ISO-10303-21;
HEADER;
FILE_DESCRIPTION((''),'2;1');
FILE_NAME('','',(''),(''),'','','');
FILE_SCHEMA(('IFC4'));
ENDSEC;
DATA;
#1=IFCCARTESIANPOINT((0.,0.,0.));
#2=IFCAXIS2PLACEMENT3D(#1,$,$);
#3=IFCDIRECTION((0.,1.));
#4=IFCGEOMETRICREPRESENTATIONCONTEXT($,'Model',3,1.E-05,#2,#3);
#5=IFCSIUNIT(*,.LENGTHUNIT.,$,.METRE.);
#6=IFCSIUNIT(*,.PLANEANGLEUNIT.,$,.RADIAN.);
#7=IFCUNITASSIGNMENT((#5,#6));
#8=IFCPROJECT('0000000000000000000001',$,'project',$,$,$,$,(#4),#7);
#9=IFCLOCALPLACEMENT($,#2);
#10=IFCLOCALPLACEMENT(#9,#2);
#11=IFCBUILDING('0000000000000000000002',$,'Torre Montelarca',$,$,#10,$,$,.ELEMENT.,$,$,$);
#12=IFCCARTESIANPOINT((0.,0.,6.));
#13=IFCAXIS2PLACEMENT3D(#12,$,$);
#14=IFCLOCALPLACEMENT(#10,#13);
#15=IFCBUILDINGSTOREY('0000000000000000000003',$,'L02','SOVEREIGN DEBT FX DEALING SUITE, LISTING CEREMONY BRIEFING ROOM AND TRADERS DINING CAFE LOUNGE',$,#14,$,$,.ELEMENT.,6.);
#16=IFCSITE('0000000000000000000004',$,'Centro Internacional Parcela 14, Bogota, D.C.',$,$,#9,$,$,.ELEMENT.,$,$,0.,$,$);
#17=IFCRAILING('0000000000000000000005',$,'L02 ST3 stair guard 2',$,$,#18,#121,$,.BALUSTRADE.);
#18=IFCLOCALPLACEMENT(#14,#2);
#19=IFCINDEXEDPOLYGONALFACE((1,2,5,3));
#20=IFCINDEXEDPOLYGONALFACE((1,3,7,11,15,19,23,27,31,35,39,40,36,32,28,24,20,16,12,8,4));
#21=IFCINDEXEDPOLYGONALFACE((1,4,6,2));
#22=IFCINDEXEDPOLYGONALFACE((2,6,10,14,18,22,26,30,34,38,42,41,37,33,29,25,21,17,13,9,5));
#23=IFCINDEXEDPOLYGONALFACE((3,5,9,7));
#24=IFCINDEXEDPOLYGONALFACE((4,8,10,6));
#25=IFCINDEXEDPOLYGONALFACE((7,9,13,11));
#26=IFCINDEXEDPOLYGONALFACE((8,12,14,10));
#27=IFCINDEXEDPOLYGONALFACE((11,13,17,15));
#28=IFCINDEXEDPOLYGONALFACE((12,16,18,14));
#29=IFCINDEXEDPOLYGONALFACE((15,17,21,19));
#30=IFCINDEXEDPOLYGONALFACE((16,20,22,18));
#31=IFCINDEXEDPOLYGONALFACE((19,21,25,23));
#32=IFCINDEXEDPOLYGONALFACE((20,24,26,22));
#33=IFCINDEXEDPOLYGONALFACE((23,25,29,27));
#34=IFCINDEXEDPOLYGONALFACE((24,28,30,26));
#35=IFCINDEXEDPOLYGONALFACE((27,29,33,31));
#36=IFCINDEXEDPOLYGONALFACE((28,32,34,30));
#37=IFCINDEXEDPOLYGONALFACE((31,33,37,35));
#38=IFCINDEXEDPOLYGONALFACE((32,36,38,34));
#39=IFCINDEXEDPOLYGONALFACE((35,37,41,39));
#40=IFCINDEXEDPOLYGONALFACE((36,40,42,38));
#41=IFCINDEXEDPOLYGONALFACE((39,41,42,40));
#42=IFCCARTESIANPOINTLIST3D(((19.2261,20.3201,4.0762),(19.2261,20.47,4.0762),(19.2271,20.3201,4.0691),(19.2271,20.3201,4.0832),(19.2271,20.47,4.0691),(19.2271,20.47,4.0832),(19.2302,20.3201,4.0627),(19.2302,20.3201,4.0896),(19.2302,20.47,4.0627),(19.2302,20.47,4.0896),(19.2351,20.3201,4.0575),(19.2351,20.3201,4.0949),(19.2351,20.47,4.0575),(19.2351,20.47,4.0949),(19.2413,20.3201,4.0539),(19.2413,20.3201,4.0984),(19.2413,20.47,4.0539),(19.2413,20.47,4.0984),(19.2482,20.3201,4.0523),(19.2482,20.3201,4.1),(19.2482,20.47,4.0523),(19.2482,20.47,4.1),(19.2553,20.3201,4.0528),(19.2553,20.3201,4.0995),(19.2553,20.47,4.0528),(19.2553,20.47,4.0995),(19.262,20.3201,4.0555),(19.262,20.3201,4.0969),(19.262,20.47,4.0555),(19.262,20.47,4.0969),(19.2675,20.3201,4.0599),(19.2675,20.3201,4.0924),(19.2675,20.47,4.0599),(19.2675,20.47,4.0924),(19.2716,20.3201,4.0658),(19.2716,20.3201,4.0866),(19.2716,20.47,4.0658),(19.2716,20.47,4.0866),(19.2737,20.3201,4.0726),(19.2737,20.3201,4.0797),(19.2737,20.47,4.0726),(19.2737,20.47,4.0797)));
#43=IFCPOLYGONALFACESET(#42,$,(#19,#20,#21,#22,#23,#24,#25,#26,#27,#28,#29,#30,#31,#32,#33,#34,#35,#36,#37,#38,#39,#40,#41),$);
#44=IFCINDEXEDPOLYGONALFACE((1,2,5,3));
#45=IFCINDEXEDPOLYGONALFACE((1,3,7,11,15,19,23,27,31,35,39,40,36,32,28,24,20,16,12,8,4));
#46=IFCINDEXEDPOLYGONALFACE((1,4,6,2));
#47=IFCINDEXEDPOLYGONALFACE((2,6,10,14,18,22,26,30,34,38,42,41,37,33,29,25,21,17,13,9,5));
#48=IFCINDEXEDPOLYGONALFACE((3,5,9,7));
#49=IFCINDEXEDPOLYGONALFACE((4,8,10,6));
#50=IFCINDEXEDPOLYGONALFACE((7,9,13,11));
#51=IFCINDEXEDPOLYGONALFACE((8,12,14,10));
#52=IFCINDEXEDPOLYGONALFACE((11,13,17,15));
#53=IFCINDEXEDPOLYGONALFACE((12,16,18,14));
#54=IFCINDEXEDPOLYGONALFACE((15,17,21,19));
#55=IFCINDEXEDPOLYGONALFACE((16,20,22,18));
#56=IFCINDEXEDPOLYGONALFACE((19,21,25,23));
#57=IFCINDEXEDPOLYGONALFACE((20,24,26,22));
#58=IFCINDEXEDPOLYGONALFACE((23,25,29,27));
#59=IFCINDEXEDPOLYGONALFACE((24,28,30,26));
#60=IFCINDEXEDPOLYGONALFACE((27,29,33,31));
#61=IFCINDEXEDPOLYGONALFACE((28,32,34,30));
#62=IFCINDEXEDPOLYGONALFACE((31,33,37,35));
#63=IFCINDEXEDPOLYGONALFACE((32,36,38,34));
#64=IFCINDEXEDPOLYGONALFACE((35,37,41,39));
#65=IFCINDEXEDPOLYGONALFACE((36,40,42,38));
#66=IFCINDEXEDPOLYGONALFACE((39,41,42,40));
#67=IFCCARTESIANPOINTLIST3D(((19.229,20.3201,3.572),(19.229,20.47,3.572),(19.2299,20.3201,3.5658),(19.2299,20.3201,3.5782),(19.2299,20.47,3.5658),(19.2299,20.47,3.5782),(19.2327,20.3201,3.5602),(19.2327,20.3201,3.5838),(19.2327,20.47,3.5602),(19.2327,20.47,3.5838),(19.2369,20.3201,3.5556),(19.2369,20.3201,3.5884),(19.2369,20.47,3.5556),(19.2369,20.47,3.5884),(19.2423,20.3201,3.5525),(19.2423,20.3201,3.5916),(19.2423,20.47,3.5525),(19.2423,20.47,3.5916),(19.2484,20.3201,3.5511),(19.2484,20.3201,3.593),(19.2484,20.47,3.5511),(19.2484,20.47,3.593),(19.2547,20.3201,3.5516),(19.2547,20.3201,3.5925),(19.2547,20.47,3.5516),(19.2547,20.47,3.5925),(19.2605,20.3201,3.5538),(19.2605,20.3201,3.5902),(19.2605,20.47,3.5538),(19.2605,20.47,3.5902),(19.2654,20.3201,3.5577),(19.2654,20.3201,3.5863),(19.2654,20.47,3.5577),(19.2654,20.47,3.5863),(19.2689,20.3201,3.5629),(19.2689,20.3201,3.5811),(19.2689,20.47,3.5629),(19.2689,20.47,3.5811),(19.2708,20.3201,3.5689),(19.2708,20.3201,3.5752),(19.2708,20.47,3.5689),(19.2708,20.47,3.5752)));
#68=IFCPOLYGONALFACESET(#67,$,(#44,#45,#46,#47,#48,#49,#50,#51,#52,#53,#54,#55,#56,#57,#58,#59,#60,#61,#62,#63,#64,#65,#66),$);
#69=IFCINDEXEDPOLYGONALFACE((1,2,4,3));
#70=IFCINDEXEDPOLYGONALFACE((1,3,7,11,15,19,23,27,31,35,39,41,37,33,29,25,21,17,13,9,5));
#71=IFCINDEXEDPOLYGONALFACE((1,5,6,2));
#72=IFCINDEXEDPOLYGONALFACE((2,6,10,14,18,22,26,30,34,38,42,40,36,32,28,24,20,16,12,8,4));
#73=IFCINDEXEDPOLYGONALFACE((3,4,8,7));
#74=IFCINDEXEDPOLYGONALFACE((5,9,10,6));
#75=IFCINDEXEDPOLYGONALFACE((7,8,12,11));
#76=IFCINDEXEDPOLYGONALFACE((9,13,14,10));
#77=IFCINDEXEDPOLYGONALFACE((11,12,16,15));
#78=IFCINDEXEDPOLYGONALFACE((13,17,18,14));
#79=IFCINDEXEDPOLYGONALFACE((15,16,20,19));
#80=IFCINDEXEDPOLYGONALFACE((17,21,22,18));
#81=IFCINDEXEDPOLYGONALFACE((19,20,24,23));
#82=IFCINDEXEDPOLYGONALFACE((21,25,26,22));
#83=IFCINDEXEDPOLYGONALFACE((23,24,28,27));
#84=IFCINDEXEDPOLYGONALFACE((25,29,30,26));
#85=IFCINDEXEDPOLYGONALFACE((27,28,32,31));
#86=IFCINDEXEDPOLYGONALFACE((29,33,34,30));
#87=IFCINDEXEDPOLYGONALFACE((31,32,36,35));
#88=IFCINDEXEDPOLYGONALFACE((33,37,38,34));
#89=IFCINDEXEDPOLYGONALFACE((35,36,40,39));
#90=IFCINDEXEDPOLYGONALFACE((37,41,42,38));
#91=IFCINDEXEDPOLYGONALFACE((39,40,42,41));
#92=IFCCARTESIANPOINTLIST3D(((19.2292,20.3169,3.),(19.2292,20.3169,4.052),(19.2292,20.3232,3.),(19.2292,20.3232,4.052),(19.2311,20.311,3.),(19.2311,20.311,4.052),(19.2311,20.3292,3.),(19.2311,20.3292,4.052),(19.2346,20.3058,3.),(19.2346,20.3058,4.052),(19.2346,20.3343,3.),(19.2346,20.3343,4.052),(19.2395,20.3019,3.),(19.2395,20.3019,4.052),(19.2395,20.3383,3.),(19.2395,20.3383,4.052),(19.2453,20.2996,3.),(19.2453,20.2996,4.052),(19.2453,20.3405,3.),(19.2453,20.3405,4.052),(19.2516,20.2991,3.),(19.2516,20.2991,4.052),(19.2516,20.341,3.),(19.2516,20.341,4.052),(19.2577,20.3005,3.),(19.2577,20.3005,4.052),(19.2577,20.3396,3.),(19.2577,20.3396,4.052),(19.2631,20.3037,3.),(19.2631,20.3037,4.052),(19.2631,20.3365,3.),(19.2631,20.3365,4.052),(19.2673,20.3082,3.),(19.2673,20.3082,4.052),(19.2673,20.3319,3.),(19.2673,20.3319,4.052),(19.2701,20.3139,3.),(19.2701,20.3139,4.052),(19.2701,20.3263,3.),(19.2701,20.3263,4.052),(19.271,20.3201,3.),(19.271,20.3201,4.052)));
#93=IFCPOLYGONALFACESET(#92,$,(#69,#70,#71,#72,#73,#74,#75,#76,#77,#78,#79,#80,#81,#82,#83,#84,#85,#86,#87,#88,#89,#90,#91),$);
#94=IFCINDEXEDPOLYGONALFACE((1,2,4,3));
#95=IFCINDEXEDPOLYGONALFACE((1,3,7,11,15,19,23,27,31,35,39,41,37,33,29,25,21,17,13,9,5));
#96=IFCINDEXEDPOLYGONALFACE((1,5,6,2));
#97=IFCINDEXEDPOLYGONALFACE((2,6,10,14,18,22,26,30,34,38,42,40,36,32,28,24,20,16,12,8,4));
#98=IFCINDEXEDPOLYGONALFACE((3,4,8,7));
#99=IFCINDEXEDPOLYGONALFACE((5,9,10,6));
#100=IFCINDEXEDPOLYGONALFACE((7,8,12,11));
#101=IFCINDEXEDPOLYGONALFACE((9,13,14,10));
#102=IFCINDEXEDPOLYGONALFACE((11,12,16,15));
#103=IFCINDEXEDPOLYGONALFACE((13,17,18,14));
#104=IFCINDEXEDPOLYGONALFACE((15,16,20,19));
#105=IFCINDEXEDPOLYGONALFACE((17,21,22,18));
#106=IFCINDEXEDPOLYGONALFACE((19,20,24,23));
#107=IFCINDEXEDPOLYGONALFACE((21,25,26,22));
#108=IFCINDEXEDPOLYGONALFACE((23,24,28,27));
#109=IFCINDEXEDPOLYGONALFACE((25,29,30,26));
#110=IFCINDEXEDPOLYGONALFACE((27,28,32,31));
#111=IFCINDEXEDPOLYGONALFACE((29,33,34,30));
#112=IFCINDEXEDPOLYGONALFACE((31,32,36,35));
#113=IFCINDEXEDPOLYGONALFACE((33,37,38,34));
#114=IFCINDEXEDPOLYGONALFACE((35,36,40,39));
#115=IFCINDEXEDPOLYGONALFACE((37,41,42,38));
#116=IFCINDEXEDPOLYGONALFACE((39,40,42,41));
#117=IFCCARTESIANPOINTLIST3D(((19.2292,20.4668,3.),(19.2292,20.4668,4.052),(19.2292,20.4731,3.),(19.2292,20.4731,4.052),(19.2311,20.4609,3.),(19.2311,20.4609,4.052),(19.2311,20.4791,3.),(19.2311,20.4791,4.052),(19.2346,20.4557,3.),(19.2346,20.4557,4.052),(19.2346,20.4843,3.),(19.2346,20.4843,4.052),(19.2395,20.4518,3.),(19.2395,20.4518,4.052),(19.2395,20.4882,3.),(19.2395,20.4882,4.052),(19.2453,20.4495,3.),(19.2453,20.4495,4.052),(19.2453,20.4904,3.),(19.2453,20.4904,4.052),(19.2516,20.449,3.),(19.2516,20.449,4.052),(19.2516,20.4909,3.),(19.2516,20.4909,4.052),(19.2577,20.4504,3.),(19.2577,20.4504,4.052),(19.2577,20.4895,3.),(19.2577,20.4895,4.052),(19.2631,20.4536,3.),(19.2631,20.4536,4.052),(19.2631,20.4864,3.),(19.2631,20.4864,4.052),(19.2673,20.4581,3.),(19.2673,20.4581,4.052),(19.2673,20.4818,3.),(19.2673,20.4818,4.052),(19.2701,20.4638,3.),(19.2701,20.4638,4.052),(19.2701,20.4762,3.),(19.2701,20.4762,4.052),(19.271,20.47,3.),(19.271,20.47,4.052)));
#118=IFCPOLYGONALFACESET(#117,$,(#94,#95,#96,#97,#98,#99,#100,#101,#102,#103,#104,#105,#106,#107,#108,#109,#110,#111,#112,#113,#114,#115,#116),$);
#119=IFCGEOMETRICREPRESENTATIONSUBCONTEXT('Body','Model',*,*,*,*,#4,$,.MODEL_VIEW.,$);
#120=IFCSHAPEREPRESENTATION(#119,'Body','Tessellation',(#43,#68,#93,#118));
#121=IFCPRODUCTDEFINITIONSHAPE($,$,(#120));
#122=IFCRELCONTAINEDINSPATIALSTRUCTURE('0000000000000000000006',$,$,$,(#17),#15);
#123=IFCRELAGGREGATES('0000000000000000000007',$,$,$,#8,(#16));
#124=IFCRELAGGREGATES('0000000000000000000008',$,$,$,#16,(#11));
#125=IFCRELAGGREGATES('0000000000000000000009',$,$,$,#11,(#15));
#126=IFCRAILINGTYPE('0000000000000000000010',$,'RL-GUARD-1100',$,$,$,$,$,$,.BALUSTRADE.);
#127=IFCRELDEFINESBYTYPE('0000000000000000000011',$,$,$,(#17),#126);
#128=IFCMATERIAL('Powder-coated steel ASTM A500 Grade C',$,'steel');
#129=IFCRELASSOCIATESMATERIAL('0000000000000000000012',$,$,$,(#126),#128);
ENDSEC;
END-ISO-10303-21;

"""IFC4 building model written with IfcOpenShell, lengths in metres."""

from ifc_helpers import new_model, si_unit, direction, frame, origin, origin_2d, place, context, subcontext, project, spatial, circle, extrude, material, type_object, element, save


model = new_model("IFC4")

# Units and contexts
model_context = context("Model", 3, precision=1e-05, world=origin(), true_north=direction((0.0, 1.0)))
body_context = subcontext(model_context, "Body", "Model", "MODEL_VIEW")
ifc_project = project(units=[si_unit("LENGTHUNIT", "METRE"), si_unit("PLANEANGLEUNIT", "RADIAN")], contexts=[model_context])

# Site, building, storey
site_placement = place(None, origin())
site = spatial("IfcSite", under=ifc_project, at=site_placement, Name="Centro Internacional Parcela 14, Bogota, D.C.", CompositionType="ELEMENT", RefElevation=0.0)
building_placement = place(site_placement, origin())
building = spatial("IfcBuilding", under=site, at=building_placement, Name="Torre Montelarca", CompositionType="ELEMENT")
storey_placement = place(building_placement, frame((0.0, 0.0, 6.0)))
storey = spatial("IfcBuildingStorey", under=building, at=storey_placement, Name="L02", Description="SOVEREIGN DEBT FX DEALING SUITE, LISTING CEREMONY BRIEFING ROOM AND TRADERS DINING CAFE LOUNGE", CompositionType="ELEMENT", Elevation=6.0)

# Railing
ifc_material_1 = material(Name="Powder-coated steel ASTM A500 Grade C", Category="steel")
railing_type_1 = type_object("IfcRailingType", Name="RL-GUARD-1100", PredefinedType="BALUSTRADE", material=ifc_material_1)
railing_1_placement = place(storey_placement, frame((19.25, 20.3201, 3.0)))
element("IfcRailing", 1, at=railing_1_placement, inside=storey, type_object=railing_type_1, Name="L02 ST3 stair guard 2", PredefinedType="BALUSTRADE", context=body_context, shape_type="SweptSolid", body=[
    extrude(circle(Radius=0.0239, at=origin_2d()), frame((0.0, 0.0, 1.0762), z_axis=(0.0, 1.0, 0.0), x_axis=(-1.0, 0.0, 0.0)), (0.0, 0.0, 1.0), 0.1499),
    extrude(circle(Radius=0.021, at=origin_2d()), frame((0.0, 0.0, 0.572), z_axis=(0.0, 1.0, 0.0), x_axis=(-1.0, 0.0, 0.0)), (0.0, 0.0, 1.0), 0.1499),
    extrude(circle(Radius=0.021, at=origin_2d()), origin(), (0.0, 0.0, 1.0), 1.052),
    extrude(circle(Radius=0.021, at=origin_2d()), frame((0.0, 0.1499, 0.0)), (0.0, 0.0, 1.0), 1.052),
])

save(model, "model.ifc")
